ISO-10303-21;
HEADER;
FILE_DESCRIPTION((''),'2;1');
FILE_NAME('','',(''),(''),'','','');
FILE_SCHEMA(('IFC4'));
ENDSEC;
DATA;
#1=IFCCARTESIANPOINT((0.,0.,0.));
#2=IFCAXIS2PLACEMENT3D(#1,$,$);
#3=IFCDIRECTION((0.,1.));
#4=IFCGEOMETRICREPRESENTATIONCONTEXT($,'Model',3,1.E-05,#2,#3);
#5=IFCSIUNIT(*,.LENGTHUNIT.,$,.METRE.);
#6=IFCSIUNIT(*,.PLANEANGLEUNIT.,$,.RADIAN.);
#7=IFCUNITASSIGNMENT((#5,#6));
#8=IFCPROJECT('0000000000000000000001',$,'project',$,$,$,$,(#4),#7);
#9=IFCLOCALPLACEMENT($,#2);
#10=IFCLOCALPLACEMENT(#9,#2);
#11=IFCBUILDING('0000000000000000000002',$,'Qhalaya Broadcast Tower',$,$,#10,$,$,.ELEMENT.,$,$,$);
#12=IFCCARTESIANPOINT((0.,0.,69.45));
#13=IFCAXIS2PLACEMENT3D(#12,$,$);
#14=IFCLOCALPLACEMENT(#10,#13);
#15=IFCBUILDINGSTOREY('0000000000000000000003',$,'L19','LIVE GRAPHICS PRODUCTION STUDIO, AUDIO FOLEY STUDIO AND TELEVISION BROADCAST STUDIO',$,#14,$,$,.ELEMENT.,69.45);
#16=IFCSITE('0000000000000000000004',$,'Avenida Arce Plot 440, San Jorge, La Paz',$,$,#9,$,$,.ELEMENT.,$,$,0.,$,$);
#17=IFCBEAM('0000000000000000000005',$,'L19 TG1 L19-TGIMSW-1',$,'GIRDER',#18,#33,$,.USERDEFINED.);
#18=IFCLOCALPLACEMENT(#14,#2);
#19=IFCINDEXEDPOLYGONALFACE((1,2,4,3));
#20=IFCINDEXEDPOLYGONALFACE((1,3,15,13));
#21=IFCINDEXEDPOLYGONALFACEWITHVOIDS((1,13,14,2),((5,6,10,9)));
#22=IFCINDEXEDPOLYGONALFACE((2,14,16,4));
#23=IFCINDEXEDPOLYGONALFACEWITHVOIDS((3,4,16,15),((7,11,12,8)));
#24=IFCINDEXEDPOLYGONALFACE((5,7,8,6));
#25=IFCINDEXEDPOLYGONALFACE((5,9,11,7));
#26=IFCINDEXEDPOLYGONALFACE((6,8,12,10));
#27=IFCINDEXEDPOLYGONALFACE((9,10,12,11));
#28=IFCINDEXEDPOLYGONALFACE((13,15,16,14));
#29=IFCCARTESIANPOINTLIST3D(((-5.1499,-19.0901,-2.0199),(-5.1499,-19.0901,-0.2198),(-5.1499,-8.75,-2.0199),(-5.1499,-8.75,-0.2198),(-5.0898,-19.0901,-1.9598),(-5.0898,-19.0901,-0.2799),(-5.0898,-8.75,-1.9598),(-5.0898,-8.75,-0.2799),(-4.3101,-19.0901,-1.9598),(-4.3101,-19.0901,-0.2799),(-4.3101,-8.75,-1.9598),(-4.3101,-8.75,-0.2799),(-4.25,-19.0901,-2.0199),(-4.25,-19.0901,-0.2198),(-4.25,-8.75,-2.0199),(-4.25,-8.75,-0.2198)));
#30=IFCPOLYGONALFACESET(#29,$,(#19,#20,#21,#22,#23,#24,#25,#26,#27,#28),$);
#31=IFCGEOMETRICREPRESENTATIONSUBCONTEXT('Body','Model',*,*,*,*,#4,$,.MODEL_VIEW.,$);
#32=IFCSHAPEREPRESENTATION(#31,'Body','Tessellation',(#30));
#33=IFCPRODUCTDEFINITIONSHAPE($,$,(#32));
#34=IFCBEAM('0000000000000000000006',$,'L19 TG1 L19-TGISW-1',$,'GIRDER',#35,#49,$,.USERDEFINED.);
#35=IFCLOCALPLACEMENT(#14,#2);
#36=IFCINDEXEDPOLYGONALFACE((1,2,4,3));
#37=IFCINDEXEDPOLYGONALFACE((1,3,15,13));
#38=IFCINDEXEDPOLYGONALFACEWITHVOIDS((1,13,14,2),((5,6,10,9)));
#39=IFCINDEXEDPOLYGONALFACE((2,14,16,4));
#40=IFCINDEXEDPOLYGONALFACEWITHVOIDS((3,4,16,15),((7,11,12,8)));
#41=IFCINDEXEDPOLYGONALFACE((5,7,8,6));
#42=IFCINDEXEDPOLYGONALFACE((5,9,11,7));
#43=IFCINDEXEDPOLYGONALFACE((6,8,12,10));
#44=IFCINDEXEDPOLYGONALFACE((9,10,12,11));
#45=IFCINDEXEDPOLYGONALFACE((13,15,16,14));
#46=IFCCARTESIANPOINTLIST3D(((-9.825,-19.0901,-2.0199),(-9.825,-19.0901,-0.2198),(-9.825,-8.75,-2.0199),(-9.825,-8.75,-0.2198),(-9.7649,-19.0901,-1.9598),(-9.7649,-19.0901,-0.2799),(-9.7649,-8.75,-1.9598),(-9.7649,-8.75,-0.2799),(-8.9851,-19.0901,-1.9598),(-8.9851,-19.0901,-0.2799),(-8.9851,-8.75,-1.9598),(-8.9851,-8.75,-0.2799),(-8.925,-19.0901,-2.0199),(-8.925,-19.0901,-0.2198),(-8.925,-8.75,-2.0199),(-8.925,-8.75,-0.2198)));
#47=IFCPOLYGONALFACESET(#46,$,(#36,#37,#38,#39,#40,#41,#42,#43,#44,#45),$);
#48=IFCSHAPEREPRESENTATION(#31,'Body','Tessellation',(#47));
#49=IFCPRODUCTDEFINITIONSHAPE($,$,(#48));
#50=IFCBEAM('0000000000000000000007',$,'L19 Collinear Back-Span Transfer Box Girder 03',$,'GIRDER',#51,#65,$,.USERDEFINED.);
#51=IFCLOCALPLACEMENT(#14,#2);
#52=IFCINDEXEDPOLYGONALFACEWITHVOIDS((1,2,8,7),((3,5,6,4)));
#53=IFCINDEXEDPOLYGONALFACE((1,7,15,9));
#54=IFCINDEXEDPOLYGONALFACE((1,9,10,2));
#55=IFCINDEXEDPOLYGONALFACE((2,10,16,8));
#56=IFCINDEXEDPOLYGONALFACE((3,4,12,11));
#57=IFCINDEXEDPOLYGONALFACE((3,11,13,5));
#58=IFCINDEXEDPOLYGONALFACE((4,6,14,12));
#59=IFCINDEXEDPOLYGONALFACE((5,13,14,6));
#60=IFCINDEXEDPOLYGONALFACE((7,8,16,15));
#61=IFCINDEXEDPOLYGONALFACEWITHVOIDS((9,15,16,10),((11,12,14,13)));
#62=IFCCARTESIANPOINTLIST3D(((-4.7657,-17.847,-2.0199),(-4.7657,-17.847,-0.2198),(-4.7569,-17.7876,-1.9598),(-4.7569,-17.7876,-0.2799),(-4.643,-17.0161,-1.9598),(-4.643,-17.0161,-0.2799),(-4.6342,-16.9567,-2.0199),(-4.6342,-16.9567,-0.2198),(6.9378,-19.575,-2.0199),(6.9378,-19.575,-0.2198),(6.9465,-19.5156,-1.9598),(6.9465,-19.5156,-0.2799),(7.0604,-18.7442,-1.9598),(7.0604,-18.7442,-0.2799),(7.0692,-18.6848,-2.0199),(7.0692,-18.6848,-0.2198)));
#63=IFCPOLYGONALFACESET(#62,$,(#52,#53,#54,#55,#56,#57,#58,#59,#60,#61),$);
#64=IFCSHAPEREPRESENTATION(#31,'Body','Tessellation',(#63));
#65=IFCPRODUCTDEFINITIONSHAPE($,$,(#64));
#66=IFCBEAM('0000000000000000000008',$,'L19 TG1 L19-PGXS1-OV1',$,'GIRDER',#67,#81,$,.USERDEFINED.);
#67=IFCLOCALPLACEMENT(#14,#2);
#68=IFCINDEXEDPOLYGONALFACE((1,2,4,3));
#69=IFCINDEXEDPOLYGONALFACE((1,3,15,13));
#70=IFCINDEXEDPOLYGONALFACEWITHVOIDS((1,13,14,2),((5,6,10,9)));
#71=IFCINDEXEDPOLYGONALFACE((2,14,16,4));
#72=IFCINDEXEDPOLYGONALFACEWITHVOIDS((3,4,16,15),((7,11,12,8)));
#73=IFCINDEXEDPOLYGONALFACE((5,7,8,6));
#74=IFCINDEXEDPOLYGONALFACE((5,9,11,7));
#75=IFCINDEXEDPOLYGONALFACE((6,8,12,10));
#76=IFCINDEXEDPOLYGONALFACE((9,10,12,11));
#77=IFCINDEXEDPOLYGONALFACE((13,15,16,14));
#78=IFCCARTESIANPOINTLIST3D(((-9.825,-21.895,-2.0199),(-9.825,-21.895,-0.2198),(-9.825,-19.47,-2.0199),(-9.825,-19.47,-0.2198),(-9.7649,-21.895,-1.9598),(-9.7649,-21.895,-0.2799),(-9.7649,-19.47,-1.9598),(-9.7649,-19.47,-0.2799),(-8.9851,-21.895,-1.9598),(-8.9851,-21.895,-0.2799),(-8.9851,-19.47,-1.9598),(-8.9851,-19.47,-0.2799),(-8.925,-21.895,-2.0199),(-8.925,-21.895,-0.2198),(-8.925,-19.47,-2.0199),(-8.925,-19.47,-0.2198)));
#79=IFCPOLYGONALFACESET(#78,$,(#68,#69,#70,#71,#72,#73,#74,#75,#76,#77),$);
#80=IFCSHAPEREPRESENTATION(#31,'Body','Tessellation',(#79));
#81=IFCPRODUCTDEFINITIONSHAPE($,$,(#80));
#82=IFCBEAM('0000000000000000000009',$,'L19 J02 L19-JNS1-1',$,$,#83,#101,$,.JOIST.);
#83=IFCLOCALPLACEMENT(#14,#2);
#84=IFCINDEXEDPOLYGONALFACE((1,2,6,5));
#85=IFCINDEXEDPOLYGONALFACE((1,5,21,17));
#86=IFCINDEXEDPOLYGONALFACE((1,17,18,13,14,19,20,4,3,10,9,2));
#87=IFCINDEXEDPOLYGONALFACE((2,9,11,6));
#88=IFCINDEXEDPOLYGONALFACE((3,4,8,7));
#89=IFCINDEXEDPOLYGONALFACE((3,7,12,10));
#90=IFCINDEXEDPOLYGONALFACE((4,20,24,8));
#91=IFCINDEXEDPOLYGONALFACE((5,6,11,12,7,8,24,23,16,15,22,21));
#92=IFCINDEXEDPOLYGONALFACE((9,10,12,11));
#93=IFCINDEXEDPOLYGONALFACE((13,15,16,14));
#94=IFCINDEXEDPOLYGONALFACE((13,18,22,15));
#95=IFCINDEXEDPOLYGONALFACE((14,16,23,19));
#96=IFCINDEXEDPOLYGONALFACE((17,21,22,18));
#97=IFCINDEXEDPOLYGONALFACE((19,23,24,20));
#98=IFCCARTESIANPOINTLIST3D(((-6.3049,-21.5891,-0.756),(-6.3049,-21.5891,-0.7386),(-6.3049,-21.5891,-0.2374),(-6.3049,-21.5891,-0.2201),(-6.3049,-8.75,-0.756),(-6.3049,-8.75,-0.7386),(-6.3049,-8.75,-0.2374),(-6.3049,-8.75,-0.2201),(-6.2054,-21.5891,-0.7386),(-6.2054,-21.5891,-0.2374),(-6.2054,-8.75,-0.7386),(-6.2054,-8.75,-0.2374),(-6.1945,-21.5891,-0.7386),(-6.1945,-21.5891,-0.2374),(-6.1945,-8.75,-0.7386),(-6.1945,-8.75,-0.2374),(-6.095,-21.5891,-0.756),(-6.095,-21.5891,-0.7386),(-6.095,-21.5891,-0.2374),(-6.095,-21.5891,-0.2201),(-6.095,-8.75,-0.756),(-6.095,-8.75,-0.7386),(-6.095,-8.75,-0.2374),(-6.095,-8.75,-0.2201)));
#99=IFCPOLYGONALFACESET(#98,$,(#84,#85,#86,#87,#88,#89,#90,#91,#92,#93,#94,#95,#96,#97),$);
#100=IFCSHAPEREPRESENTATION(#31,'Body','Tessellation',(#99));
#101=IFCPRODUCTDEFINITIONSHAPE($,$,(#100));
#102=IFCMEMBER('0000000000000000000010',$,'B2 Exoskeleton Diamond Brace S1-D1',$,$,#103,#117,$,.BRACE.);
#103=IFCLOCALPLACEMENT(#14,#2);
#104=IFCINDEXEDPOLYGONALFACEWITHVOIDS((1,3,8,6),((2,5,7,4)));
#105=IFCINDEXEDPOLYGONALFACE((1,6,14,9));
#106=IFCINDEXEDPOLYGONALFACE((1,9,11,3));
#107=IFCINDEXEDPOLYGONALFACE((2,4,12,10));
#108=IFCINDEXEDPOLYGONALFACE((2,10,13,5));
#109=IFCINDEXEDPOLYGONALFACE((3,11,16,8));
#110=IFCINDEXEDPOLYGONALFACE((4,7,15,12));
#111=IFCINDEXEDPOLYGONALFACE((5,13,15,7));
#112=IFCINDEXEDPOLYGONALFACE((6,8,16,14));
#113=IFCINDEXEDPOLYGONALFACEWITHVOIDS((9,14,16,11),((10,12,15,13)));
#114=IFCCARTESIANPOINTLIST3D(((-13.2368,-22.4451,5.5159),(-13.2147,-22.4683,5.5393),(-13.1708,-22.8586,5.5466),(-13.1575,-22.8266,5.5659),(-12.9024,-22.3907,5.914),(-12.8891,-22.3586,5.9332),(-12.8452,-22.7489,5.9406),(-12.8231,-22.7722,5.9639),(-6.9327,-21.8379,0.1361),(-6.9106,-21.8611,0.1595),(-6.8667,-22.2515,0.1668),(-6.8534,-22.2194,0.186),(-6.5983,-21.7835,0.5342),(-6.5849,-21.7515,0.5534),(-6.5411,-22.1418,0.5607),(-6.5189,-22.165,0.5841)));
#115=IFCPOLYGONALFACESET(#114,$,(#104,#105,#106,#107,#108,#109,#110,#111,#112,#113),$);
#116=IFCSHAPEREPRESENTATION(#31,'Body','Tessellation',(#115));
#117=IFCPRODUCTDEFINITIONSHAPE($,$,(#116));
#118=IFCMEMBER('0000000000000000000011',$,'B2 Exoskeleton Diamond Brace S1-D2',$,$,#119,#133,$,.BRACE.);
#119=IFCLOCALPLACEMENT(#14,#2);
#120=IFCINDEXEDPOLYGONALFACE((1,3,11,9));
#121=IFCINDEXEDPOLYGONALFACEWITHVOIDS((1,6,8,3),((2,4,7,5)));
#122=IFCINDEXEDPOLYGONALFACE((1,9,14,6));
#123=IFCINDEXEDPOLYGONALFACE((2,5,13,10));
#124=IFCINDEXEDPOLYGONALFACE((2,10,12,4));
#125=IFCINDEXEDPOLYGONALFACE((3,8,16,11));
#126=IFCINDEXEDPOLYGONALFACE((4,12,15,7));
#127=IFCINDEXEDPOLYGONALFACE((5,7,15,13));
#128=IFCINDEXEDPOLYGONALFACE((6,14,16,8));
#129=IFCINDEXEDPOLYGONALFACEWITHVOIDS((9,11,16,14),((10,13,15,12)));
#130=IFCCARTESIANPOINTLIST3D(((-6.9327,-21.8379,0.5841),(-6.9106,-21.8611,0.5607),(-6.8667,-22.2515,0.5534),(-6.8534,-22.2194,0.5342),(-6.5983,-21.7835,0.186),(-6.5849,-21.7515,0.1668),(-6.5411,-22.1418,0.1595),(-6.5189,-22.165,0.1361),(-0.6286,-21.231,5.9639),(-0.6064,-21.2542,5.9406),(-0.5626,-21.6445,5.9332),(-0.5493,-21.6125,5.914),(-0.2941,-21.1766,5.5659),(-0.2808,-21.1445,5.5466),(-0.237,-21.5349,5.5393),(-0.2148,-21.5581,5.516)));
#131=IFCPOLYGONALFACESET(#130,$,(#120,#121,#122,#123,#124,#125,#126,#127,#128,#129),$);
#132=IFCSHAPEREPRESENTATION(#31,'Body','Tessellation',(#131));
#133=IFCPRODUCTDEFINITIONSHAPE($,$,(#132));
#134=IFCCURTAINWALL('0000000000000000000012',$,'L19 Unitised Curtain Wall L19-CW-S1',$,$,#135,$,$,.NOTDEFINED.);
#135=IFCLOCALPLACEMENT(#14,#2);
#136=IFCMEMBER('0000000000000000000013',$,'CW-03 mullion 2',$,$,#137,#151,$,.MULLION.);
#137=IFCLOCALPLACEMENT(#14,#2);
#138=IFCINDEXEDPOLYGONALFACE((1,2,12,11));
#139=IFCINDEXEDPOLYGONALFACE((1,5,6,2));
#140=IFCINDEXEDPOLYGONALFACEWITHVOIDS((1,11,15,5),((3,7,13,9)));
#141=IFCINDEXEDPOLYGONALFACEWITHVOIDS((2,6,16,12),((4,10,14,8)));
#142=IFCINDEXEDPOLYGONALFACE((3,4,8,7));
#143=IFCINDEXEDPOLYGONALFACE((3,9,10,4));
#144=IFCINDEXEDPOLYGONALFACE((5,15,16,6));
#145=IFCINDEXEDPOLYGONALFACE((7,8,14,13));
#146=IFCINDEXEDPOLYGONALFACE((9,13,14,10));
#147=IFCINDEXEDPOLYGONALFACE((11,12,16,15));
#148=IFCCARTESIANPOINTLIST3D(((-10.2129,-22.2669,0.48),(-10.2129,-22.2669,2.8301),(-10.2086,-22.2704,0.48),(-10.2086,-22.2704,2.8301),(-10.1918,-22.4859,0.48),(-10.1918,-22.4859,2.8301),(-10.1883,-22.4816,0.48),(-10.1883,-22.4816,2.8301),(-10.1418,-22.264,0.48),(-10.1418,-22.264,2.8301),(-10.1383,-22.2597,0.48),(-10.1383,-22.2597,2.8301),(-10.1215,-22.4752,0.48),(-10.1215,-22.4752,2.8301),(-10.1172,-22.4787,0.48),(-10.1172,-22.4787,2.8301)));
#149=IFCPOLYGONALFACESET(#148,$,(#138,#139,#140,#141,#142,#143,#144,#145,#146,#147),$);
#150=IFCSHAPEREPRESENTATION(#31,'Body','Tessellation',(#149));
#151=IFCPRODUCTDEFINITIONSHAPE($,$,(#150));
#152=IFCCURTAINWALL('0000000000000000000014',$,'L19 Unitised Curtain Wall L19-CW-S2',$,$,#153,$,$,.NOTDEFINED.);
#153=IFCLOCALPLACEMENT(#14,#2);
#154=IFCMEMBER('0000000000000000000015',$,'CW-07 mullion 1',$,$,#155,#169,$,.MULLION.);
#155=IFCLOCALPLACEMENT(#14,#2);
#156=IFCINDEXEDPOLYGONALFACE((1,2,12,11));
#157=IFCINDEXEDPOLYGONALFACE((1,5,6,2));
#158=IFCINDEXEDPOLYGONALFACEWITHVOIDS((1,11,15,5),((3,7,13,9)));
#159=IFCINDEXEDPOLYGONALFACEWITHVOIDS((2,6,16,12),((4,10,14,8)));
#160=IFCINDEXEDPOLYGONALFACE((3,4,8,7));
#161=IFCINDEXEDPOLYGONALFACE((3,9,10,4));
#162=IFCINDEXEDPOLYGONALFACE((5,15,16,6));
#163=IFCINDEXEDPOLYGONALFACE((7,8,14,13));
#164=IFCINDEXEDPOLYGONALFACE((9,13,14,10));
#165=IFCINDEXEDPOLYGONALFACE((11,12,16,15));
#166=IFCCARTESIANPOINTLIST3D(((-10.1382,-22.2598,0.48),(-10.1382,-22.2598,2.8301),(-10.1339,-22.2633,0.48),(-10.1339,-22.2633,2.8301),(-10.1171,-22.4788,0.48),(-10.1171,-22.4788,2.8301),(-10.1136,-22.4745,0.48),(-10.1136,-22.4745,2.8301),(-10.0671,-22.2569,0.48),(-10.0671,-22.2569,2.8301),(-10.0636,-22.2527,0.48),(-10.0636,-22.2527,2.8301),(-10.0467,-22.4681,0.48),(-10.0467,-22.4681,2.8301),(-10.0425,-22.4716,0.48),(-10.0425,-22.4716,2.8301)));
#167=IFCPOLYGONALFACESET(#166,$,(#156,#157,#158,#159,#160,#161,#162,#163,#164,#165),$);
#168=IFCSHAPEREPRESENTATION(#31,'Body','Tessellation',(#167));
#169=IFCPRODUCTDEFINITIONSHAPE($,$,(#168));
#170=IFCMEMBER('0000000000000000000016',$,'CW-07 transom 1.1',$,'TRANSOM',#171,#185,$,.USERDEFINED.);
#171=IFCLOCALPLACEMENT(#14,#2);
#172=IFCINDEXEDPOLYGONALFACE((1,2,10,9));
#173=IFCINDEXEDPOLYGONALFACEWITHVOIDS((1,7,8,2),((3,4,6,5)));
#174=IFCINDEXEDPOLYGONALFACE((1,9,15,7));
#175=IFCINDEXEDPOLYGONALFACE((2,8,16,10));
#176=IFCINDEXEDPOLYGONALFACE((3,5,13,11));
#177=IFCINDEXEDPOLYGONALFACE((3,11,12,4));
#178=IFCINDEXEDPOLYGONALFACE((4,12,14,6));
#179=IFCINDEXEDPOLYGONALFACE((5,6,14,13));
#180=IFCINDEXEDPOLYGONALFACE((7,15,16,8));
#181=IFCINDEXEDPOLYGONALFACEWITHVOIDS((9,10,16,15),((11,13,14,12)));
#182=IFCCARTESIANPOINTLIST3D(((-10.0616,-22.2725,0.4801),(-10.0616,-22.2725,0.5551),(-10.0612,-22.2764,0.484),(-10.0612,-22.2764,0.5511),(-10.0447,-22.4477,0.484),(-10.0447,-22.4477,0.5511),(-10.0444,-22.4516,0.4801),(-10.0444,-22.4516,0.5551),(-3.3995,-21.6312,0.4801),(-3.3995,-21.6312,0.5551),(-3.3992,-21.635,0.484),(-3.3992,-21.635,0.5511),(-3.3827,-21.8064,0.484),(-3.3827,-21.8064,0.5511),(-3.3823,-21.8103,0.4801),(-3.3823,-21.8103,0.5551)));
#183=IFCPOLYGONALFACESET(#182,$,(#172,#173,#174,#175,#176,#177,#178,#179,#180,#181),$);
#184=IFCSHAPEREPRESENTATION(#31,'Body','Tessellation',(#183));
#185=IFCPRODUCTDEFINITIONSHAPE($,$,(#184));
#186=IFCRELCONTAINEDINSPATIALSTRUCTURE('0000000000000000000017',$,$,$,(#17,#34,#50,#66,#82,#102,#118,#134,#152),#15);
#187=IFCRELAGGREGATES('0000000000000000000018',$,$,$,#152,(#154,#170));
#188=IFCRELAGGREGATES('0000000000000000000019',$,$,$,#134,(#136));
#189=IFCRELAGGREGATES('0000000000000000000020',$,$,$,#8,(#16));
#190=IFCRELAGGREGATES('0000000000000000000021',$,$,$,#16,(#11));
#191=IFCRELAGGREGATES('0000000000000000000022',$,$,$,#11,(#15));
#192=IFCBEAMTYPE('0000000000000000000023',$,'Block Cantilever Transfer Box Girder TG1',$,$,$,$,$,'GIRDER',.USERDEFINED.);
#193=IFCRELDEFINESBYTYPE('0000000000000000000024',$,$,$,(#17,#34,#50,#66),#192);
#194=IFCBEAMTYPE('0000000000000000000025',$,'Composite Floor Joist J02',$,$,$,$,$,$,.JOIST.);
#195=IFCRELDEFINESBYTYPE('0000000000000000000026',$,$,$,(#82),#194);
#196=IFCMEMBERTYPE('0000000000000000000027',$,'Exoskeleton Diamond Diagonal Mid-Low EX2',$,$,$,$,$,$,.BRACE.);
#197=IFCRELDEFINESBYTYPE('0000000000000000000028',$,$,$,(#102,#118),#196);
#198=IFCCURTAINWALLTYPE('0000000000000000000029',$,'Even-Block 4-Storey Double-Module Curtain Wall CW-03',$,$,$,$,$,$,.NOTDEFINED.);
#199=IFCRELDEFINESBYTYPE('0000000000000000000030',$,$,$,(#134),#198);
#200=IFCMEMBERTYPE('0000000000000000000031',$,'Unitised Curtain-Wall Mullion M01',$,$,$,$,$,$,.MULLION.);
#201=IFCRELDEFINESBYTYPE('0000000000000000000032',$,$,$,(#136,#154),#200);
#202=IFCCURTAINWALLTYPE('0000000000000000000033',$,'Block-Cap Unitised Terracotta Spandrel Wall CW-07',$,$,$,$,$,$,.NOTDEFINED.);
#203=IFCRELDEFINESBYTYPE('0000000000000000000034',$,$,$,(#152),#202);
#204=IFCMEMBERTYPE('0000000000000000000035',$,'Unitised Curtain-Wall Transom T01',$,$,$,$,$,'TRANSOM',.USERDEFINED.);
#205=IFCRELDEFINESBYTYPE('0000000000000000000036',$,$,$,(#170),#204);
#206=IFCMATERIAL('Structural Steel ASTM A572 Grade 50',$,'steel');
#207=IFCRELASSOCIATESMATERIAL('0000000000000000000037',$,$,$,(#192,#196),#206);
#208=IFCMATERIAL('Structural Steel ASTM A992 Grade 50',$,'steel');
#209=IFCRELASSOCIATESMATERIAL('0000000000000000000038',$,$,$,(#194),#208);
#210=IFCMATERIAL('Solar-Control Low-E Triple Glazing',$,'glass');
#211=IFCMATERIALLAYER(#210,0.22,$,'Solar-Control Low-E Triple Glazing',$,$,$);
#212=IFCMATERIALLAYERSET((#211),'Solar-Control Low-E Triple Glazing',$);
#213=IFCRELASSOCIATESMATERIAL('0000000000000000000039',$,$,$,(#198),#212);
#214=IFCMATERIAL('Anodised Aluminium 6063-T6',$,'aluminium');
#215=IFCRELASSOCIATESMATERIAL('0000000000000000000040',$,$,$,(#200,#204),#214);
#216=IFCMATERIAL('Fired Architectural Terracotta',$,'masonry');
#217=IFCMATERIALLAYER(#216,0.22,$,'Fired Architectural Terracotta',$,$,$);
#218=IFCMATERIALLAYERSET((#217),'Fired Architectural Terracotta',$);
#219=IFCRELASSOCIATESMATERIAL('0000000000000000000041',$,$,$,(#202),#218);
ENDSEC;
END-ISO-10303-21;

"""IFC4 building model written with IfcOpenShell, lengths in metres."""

from ifc_helpers import new_model, si_unit, direction, frame, origin, origin_2d, place, context, subcontext, project, spatial, hollow_rectangle, i_section, extrude, material, layer, layer_set, material_profile, profile_set, type_object, element, aggregate, save


model = new_model("IFC4")

# Units and contexts
model_context = context("Model", 3, precision=1e-05, world=origin(), true_north=direction((0.0, 1.0)))
body_context = subcontext(model_context, "Body", "Model", "MODEL_VIEW")
ifc_project = project(units=[si_unit("LENGTHUNIT", "METRE"), si_unit("PLANEANGLEUNIT", "RADIAN")], contexts=[model_context])

# Site, building, storey
site_placement = place(None, origin())
site = spatial("IfcSite", under=ifc_project, at=site_placement, Name="Avenida Arce Plot 440, San Jorge, La Paz", CompositionType="ELEMENT", RefElevation=0.0)
building_placement = place(site_placement, origin())
building = spatial("IfcBuilding", under=site, at=building_placement, Name="Qhalaya Broadcast Tower", CompositionType="ELEMENT")
storey_placement = place(building_placement, frame((0.0, 0.0, 69.45)))
storey = spatial("IfcBuildingStorey", under=building, at=storey_placement, Name="L19", Description="LIVE GRAPHICS PRODUCTION STUDIO, AUDIO FOLEY STUDIO AND TELEVISION BROADCAST STUDIO", CompositionType="ELEMENT", Elevation=69.45)

# Beams
ifc_material_1 = material(Name="Structural Steel ASTM A572 Grade 50", Category="steel")
ifc_material_profile_1 = material_profile(ifc_material_1, hollow_rectangle(XDim=0.8999, YDim=1.8, WallThickness=0.0601, at=origin_2d()), Name="BOX 900x1800x60")
ifc_profile_set_1 = profile_set([ifc_material_profile_1], Name="Structural Steel ASTM A572 Grade 50")
beam_type_1 = type_object("IfcBeamType", Name="Block Cantilever Transfer Box Girder TG1", ElementType="GIRDER", PredefinedType="USERDEFINED", material=ifc_profile_set_1)
for number, where, z_axis, x_axis, name in (
    (1, (-4.7, -19.0901, -1.1199), (0.0, 1.0, 0.0), (-1.0, 0.0, 0.0), "L19 TG1 L19-TGIMSW-1"),
    (2, (-9.375, -19.0901, -1.1199), (0.0, 1.0, 0.0), (-1.0, 0.0, 0.0), "L19 TG1 L19-TGISW-1"),
):
    element("IfcBeam", number, at=place(storey_placement, frame(where, z_axis=z_axis, x_axis=x_axis)), inside=storey, type_object=beam_type_1, Name=name, ObjectType="GIRDER", PredefinedType="USERDEFINED", context=body_context, shape_type="SweptSolid", body=[
        extrude(hollow_rectangle(XDim=0.8999, YDim=1.8, WallThickness=0.0601, at=origin_2d()), origin(), (0.0, 0.0, 1.0), 10.3401),
    ])
beam_1_placement = place(storey_placement, frame((-4.7, -17.4019, -1.1199), z_axis=(0.989274, -0.146068, 0.0), x_axis=(0.146068, 0.989274, 0.0)))
element("IfcBeam", 3, at=beam_1_placement, inside=storey, type_object=beam_type_1, Name="L19 Collinear Back-Span Transfer Box Girder 03", ObjectType="GIRDER", PredefinedType="USERDEFINED", context=body_context, shape_type="SweptSolid", body=[
    extrude(hollow_rectangle(XDim=0.8999, YDim=1.8, WallThickness=0.0601, at=origin_2d()), origin(), (0.0, 0.0, 1.0), 11.8303),
])
beam_2_placement = place(storey_placement, frame((-9.375, -21.895, -1.1199), z_axis=(0.0, 1.0, 0.0), x_axis=(-1.0, 0.0, 0.0)))
element("IfcBeam", 4, at=beam_2_placement, inside=storey, type_object=beam_type_1, Name="L19 TG1 L19-PGXS1-OV1", ObjectType="GIRDER", PredefinedType="USERDEFINED", context=body_context, shape_type="SweptSolid", body=[
    extrude(hollow_rectangle(XDim=0.8999, YDim=1.8, WallThickness=0.0601, at=origin_2d()), origin(), (0.0, 0.0, 1.0), 2.425),
])
ifc_material_2 = material(Name="Structural Steel ASTM A992 Grade 50", Category="steel")
ifc_material_profile_2 = material_profile(ifc_material_2, i_section(OverallWidth=0.21, OverallDepth=0.5359, WebThickness=0.011, FlangeThickness=0.0173, at=origin_2d()), Name="W21X68")
ifc_profile_set_2 = profile_set([ifc_material_profile_2], Name="Structural Steel ASTM A992 Grade 50")
beam_type_2 = type_object("IfcBeamType", Name="Composite Floor Joist J02", PredefinedType="JOIST", material=ifc_profile_set_2)
beam_3_placement = place(storey_placement, frame((-6.2, -21.5891, -0.488), z_axis=(0.0, 1.0, 0.0), x_axis=(-1.0, 0.0, 0.0)))
element("IfcBeam", 5, at=beam_3_placement, inside=storey, type_object=beam_type_2, Name="L19 J02 L19-JNS1-1", PredefinedType="JOIST", context=body_context, shape_type="SweptSolid", body=[
    extrude(i_section(OverallWidth=0.21, OverallDepth=0.5359, WebThickness=0.011, FlangeThickness=0.0173, at=origin_2d()), origin(), (0.0, 0.0, 1.0), 12.8391),
])

# Members
ifc_material_profile_3 = material_profile(ifc_material_1, hollow_rectangle(XDim=0.4199, YDim=0.55, WallThickness=0.0281, at=origin_2d()), Name="BOX 420x550x28")
ifc_profile_set_3 = profile_set([ifc_material_profile_3], Name="Structural Steel ASTM A572 Grade 50")
member_type_1 = type_object("IfcMemberType", Name="Exoskeleton Diamond Diagonal Mid-Low EX2", PredefinedType="BRACE", material=ifc_profile_set_3)
for number, where, z_axis, x_axis, name in (
    (6, (-6.7258, -22.0015, 0.3601), (-0.758636, -0.073067, 0.647405), (0.157193, -0.984862, 0.073048), "B2 Exoskeleton Diamond Brace S1-D1"),
    (7, (-6.7258, -22.0015, 0.3601), (0.758637, 0.073037, 0.647406), (-0.157156, 0.984869, 0.073048), "B2 Exoskeleton Diamond Brace S1-D2"),
):
    element("IfcMember", number, at=place(storey_placement, frame(where, z_axis=z_axis, x_axis=x_axis)), inside=storey, type_object=member_type_1, Name=name, PredefinedType="BRACE", context=body_context, shape_type="SweptSolid", body=[
        extrude(hollow_rectangle(XDim=0.4199, YDim=0.55, WallThickness=0.0281, at=origin_2d()), origin(), (0.0, 0.0, 1.0), 8.3098),
    ])

# Curtain wall, member
ifc_material_3 = material(Name="Solar-Control Low-E Triple Glazing", Category="glass")
ifc_layer_1 = layer(ifc_material_3, 0.22, Name="Solar-Control Low-E Triple Glazing")
ifc_layer_set_1 = layer_set([ifc_layer_1], Name="Solar-Control Low-E Triple Glazing")
curtain_wall_type_1 = type_object("IfcCurtainWallType", Name="Even-Block 4-Storey Double-Module Curtain Wall CW-03", PredefinedType="NOTDEFINED", material=ifc_layer_set_1)
curtain_wall_1_placement = place(storey_placement, origin())
curtain_wall_1 = element("IfcCurtainWall", 8, at=curtain_wall_1_placement, inside=storey, type_object=curtain_wall_type_1, Name="L19 Unitised Curtain Wall L19-CW-S1", PredefinedType="NOTDEFINED")
ifc_material_4 = material(Name="Anodised Aluminium 6063-T6", Category="aluminium")
ifc_material_profile_4 = material_profile(ifc_material_4, hollow_rectangle(XDim=0.075, YDim=0.22, WallThickness=0.0039, at=origin_2d()), Name="ALU-MUL 75x220x4")
ifc_profile_set_4 = profile_set([ifc_material_profile_4], Name="Anodised Aluminium 6063-T6")
member_type_2 = type_object("IfcMemberType", Name="Unitised Curtain-Wall Mullion M01", PredefinedType="MULLION", material=ifc_profile_set_4)
member_1_placement = place(storey_placement, frame((-10.165, -22.3728, 0.48), z_axis=(0.0, 0.0, 1.0), x_axis=(0.995396, 0.095851, 0.0)))
member_1 = element("IfcMember", 9, at=member_1_placement, type_object=member_type_2, Name="CW-03 mullion 2", PredefinedType="MULLION", context=body_context, shape_type="SweptSolid", body=[
    extrude(hollow_rectangle(XDim=0.075, YDim=0.22, WallThickness=0.0039, at=origin_2d()), origin(), (0.0, 0.0, 1.0), 2.3501),
])

# Curtain wall, members
ifc_material_5 = material(Name="Fired Architectural Terracotta", Category="masonry")
ifc_layer_2 = layer(ifc_material_5, 0.22, Name="Fired Architectural Terracotta")
ifc_layer_set_2 = layer_set([ifc_layer_2], Name="Fired Architectural Terracotta")
curtain_wall_type_2 = type_object("IfcCurtainWallType", Name="Block-Cap Unitised Terracotta Spandrel Wall CW-07", PredefinedType="NOTDEFINED", material=ifc_layer_set_2)
curtain_wall_2_placement = place(storey_placement, origin())
curtain_wall_2 = element("IfcCurtainWall", 10, at=curtain_wall_2_placement, inside=storey, type_object=curtain_wall_type_2, Name="L19 Unitised Curtain Wall L19-CW-S2", PredefinedType="NOTDEFINED")
member_2_placement = place(storey_placement, frame((-10.0903, -22.3657, 0.48), z_axis=(0.0, 0.0, 1.0), x_axis=(0.995396, 0.09585, 0.0)))
member_2 = element("IfcMember", 11, at=member_2_placement, type_object=member_type_2, Name="CW-07 mullion 1", PredefinedType="MULLION", context=body_context, shape_type="SweptSolid", body=[
    extrude(hollow_rectangle(XDim=0.075, YDim=0.22, WallThickness=0.0039, at=origin_2d()), origin(), (0.0, 0.0, 1.0), 2.3501),
])
ifc_material_profile_5 = material_profile(ifc_material_4, hollow_rectangle(XDim=0.075, YDim=0.1799, WallThickness=0.0039, at=origin_2d()), Name="ALU-TRN 75x180x4")
ifc_profile_set_5 = profile_set([ifc_material_profile_5], Name="Anodised Aluminium 6063-T6")
member_type_3 = type_object("IfcMemberType", Name="Unitised Curtain-Wall Transom T01", ElementType="TRANSOM", PredefinedType="USERDEFINED", material=ifc_profile_set_5)
member_3_placement = place(storey_placement, frame((-10.053, -22.3621, 0.5176), z_axis=(0.995398, 0.095826, 0.0), x_axis=(0.0, 0.0, 1.0)))
member_3 = element("IfcMember", 12, at=member_3_placement, type_object=member_type_3, Name="CW-07 transom 1.1", ObjectType="TRANSOM", PredefinedType="USERDEFINED", context=body_context, shape_type="SweptSolid", body=[
    extrude(hollow_rectangle(XDim=0.075, YDim=0.1799, WallThickness=0.0039, at=origin_2d()), origin(), (0.0, 0.0, 1.0), 6.6929),
])

aggregate(curtain_wall_2, [member_2, member_3])
aggregate(curtain_wall_1, [member_1])

save(model, "model.ifc")
